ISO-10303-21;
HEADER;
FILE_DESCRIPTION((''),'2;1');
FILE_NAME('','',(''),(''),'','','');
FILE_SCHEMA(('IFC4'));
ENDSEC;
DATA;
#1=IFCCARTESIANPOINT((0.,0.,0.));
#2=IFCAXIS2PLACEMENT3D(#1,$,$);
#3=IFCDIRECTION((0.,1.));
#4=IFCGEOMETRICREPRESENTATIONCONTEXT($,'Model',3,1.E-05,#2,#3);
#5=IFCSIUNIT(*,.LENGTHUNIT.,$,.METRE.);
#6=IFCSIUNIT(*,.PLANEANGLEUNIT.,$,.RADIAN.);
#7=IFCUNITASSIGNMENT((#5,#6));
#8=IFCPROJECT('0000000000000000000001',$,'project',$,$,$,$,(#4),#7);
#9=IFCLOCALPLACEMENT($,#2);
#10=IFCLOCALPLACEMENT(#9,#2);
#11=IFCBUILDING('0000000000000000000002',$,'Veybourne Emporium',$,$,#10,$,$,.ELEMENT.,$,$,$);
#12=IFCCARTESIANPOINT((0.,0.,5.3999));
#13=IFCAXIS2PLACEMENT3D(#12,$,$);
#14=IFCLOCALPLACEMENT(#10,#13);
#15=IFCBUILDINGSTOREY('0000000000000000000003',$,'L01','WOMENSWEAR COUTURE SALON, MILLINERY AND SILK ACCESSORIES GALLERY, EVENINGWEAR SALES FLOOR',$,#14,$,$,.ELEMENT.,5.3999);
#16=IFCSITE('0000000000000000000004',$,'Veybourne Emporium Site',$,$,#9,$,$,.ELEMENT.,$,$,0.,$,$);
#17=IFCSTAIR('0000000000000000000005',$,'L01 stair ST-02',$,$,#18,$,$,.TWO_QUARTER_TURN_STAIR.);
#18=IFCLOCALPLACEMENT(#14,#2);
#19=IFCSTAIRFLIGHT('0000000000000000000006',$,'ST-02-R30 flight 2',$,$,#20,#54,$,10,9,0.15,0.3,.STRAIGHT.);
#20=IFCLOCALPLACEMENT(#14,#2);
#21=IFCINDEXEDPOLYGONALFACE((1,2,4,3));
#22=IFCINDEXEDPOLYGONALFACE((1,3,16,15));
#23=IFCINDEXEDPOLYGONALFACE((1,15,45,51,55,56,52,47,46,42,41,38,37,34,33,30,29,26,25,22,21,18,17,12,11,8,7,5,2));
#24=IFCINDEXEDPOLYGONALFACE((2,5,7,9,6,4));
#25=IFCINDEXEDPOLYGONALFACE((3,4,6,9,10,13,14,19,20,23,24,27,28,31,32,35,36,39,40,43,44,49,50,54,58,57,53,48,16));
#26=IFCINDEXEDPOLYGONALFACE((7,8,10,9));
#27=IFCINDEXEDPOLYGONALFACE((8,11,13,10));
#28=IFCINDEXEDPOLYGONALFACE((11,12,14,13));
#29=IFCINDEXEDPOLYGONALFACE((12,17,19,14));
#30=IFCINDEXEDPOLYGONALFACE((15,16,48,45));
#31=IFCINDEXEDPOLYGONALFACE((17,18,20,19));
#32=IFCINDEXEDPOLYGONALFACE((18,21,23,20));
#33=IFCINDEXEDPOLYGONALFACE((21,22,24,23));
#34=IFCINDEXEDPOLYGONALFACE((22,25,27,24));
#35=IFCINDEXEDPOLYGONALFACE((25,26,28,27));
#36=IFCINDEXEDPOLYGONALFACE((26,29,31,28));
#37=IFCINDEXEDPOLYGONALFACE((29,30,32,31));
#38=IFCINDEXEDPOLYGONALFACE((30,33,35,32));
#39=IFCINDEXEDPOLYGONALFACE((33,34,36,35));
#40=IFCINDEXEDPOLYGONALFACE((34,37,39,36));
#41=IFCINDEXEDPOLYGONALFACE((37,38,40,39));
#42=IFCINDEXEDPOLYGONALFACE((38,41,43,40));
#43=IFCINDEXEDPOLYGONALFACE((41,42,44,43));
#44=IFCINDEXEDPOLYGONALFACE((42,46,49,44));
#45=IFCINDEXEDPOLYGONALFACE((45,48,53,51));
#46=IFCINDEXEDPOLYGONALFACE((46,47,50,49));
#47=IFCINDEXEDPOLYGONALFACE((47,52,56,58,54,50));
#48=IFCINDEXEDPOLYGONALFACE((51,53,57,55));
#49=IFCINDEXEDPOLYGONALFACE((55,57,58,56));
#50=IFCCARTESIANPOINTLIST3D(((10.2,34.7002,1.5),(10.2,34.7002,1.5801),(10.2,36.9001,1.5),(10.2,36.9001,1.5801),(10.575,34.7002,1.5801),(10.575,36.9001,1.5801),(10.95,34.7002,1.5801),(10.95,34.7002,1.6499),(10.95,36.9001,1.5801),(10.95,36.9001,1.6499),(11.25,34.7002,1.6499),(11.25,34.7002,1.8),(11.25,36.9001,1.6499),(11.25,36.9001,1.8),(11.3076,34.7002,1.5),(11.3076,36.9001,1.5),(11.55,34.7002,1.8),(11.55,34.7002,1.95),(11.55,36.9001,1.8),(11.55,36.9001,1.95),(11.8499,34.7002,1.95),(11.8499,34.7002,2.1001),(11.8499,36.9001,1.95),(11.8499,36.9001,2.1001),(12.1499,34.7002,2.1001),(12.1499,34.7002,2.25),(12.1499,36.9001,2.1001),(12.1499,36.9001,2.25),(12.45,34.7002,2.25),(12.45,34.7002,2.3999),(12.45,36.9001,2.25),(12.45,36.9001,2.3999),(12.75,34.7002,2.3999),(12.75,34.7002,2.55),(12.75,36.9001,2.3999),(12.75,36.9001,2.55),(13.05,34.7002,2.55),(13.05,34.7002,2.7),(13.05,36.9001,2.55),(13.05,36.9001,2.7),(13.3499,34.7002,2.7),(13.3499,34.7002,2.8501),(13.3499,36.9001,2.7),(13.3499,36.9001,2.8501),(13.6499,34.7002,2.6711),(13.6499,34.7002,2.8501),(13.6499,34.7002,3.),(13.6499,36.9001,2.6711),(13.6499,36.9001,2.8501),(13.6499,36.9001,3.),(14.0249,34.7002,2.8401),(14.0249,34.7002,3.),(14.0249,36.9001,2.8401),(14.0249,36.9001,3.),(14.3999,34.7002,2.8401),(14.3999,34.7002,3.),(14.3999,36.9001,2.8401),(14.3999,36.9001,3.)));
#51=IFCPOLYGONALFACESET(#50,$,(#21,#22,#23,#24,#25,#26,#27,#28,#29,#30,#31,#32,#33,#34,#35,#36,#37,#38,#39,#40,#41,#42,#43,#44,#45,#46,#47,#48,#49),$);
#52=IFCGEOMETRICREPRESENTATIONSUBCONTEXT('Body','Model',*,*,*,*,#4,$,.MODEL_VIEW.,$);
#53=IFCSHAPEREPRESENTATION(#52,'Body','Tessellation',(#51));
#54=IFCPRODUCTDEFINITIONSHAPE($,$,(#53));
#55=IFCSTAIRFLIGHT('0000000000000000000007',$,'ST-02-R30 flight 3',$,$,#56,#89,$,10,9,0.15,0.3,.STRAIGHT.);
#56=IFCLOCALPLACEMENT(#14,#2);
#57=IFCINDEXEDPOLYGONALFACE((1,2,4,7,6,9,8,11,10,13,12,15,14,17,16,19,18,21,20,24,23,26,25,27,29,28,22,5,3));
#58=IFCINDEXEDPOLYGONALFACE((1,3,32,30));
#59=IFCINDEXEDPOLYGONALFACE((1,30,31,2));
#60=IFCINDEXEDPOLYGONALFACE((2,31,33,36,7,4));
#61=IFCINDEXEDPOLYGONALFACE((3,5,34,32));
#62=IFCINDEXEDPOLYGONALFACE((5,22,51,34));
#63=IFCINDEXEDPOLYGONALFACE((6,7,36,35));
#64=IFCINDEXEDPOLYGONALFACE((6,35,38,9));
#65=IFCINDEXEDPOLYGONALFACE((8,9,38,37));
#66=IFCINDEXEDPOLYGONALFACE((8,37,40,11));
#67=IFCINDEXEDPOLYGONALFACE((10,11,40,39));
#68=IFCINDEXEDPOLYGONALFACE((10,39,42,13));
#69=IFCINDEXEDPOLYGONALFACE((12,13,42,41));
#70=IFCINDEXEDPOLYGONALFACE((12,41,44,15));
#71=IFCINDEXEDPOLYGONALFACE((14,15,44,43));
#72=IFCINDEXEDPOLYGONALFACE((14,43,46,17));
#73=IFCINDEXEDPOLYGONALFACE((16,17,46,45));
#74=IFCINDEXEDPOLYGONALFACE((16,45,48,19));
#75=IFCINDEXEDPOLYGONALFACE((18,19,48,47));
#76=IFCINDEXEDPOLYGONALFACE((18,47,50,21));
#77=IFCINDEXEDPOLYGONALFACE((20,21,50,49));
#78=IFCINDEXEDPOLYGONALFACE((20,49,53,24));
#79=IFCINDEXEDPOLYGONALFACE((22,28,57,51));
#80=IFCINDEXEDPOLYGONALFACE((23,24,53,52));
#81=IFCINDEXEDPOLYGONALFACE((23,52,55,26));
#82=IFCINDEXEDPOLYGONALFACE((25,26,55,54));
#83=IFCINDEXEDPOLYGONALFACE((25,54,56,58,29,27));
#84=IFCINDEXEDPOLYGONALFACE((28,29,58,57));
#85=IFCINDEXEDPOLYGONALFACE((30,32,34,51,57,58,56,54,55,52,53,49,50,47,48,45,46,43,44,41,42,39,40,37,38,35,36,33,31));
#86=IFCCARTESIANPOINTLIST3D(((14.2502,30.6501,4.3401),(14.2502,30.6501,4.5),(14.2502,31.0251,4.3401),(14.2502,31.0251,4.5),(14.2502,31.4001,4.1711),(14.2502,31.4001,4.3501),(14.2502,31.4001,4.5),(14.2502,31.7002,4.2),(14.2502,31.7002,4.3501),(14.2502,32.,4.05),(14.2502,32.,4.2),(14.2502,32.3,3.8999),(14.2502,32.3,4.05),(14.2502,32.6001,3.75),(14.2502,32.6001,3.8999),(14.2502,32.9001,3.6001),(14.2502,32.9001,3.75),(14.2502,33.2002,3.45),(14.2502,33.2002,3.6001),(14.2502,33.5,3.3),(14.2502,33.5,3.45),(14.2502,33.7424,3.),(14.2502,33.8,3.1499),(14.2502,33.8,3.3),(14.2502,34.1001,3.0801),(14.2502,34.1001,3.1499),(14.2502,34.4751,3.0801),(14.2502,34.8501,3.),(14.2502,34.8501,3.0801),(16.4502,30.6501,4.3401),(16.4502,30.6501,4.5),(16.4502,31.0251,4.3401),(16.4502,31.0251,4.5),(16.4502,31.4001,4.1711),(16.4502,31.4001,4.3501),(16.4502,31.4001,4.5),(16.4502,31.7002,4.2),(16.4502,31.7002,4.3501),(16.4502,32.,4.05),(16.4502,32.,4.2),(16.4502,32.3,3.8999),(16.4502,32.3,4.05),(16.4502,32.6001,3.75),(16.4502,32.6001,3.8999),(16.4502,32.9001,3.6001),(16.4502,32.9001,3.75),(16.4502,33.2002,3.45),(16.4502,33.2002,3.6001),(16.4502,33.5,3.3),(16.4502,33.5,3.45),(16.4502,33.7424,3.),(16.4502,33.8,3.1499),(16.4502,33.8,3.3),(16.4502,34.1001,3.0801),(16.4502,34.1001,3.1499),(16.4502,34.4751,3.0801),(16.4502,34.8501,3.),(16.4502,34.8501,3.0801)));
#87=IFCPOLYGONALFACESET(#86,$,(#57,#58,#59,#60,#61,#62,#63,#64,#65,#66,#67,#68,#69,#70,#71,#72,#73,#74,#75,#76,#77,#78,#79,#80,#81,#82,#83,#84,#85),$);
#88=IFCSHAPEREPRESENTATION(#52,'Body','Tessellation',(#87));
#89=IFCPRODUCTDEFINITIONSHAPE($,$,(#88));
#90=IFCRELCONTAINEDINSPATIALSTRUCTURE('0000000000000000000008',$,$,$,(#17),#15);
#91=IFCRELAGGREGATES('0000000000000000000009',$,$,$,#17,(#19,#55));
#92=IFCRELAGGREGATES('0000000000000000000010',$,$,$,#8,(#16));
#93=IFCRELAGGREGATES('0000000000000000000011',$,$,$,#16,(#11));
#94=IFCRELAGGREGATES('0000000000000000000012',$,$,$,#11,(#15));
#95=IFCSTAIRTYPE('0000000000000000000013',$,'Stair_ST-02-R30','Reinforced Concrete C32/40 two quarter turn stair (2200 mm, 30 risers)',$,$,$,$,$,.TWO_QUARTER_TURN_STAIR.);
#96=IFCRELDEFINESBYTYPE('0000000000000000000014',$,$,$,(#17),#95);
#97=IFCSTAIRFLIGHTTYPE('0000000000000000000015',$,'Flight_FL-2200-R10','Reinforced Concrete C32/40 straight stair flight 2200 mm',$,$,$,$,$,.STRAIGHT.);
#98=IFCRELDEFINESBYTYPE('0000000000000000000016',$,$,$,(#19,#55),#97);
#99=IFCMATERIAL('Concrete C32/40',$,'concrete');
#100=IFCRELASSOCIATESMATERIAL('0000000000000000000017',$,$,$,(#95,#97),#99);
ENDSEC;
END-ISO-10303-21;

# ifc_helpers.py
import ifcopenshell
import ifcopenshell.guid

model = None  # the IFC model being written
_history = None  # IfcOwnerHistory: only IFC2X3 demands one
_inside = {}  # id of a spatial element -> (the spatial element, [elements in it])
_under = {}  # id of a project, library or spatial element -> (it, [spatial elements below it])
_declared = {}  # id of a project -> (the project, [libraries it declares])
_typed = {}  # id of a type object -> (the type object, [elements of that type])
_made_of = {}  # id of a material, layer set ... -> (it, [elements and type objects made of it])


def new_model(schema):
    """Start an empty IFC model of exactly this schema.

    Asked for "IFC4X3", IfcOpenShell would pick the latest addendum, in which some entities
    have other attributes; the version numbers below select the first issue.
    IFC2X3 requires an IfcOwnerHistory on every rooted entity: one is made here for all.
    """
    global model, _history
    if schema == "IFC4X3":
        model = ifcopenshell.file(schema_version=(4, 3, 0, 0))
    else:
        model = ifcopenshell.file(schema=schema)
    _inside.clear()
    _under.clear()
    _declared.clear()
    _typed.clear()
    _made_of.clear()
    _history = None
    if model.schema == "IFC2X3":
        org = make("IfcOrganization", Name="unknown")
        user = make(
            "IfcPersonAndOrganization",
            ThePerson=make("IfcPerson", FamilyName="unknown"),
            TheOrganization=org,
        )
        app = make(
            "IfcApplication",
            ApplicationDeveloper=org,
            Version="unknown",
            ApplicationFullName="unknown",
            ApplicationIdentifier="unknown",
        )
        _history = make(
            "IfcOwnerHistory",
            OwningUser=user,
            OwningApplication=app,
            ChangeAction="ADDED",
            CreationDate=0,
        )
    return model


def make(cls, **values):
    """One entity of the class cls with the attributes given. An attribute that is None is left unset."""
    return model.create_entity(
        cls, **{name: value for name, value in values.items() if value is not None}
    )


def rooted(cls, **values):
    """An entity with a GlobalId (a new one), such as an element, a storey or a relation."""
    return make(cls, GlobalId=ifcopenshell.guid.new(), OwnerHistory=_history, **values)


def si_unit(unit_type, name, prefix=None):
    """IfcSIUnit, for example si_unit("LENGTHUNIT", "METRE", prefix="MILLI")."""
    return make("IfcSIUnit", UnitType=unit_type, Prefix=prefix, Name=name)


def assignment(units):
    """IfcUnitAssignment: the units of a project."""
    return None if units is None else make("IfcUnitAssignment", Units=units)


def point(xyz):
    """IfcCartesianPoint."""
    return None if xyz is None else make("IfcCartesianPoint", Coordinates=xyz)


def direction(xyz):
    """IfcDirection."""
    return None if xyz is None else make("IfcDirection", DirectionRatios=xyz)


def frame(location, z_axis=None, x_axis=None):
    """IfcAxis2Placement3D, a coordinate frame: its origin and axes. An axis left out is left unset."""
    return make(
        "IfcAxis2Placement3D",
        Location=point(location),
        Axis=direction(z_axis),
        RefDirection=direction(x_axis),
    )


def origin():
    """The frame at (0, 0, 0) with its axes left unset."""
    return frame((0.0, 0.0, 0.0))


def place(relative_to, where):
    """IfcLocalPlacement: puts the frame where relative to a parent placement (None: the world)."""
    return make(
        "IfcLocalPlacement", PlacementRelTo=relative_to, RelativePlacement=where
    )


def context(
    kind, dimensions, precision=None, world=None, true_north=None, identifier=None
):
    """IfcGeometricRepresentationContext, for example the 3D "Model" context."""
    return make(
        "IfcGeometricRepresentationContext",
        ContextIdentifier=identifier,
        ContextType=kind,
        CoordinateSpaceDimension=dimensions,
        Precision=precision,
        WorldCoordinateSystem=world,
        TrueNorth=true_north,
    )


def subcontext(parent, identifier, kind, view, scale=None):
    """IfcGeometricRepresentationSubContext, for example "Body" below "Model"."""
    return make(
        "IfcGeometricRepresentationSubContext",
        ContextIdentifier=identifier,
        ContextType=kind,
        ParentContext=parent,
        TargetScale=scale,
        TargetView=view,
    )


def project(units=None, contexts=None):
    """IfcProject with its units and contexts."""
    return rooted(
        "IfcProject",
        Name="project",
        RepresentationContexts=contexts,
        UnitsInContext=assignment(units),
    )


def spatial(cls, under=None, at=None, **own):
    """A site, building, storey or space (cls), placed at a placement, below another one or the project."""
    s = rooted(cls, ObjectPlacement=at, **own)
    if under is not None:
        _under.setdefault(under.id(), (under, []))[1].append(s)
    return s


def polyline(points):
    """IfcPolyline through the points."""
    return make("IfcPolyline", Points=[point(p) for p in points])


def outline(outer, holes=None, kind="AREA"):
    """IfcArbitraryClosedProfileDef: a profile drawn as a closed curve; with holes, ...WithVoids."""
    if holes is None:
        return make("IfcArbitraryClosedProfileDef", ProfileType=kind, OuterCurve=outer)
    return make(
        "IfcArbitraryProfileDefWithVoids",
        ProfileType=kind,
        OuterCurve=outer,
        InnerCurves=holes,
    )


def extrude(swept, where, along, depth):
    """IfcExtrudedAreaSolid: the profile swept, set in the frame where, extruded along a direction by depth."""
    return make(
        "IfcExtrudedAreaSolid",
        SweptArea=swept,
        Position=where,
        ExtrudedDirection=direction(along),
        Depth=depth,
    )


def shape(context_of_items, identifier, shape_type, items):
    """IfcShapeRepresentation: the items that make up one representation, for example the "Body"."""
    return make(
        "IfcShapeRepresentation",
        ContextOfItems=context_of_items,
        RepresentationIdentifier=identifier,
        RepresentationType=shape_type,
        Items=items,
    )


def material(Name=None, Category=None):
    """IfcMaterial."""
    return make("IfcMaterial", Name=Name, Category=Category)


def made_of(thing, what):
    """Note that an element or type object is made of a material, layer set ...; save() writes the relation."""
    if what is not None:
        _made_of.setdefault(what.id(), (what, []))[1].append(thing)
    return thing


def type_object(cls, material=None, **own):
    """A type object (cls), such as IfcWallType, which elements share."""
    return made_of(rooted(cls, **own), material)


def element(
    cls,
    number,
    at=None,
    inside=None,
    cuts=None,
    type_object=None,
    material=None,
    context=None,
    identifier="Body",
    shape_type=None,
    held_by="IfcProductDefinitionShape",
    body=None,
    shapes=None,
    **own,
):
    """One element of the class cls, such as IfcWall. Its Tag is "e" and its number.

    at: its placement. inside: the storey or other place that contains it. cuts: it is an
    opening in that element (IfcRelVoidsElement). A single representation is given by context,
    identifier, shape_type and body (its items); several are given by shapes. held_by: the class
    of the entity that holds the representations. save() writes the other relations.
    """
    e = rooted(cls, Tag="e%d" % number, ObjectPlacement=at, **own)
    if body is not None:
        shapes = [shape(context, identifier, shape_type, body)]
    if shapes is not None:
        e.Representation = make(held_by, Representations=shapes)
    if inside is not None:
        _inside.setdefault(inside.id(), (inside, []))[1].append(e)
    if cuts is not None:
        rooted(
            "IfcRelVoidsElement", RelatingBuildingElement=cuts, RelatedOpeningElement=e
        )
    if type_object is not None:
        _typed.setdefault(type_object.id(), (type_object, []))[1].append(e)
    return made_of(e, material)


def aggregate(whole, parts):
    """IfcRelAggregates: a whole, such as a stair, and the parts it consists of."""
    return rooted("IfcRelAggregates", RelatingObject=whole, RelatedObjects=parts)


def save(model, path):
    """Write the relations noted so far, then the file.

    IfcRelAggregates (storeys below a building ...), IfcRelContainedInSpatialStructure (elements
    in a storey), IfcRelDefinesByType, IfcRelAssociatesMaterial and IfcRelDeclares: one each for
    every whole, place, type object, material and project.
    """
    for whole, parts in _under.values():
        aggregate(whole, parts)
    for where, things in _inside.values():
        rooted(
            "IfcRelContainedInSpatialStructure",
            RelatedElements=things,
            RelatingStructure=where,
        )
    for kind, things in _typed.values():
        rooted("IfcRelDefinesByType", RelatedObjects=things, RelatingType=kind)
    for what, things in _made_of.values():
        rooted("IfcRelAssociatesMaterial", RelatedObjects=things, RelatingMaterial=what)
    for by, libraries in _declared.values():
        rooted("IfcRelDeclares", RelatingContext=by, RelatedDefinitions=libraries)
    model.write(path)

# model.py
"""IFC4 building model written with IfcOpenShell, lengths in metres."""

from ifc_helpers import new_model, si_unit, direction, frame, origin, place, context, subcontext, project, spatial, polyline, outline, extrude, material, type_object, element, aggregate, save


model = new_model("IFC4")

# Units and contexts
model_context = context("Model", 3, precision=1e-05, world=origin(), true_north=direction((0.0, 1.0)))
body_context = subcontext(model_context, "Body", "Model", "MODEL_VIEW")
ifc_project = project(units=[si_unit("LENGTHUNIT", "METRE"), si_unit("PLANEANGLEUNIT", "RADIAN")], contexts=[model_context])

# Site, building, storey
site_placement = place(None, origin())
site = spatial("IfcSite", under=ifc_project, at=site_placement, Name="Veybourne Emporium Site", CompositionType="ELEMENT", RefElevation=0.0)
building_placement = place(site_placement, origin())
building = spatial("IfcBuilding", under=site, at=building_placement, Name="Veybourne Emporium", CompositionType="ELEMENT")
storey_placement = place(building_placement, frame((0.0, 0.0, 5.3999)))
storey = spatial("IfcBuildingStorey", under=building, at=storey_placement, Name="L01", Description="WOMENSWEAR COUTURE SALON, MILLINERY AND SILK ACCESSORIES GALLERY, EVENINGWEAR SALES FLOOR", CompositionType="ELEMENT", Elevation=5.3999)

# Shared definitions
ifc_material_1 = material(Name="Concrete C32/40", Category="concrete")

# Stair, stair flights
stair_type = type_object("IfcStairType", Name="Stair_ST-02-R30", Description="Reinforced Concrete C32/40 two quarter turn stair (2200 mm, 30 risers)", PredefinedType="TWO_QUARTER_TURN_STAIR", material=ifc_material_1)
stair_placement = place(storey_placement, origin())
stair = element("IfcStair", 1, at=stair_placement, inside=storey, type_object=stair_type, Name="L01 stair ST-02", PredefinedType="TWO_QUARTER_TURN_STAIR")
stair_flight_type = type_object("IfcStairFlightType", Name="Flight_FL-2200-R10", Description="Reinforced Concrete C32/40 straight stair flight 2200 mm", PredefinedType="STRAIGHT", material=ifc_material_1)
stair_flight_1_placement = place(storey_placement, frame((10.95, 35.8, 1.5), z_axis=(0.0, 0.0, 1.0), x_axis=(1.0, 0.0, 0.0)))
stair_flight_1 = element("IfcStairFlight", 2, at=stair_flight_1_placement, type_object=stair_flight_type, Name="ST-02-R30 flight 2", NumberOfRisers=10, NumberOfTreads=9, PredefinedType="STRAIGHT", RiserHeight=0.15, TreadLength=0.3, context=body_context, shape_type="SweptSolid", body=[
    extrude(outline(polyline([(-0.75, 0.0), (-0.75, 0.0801), (-0.375, 0.0801), (0.0, 0.0801), (0.0, 0.1499), (0.3, 0.1499), (0.3, 0.3), (0.6001, 0.3), (0.6001, 0.45), (0.8999, 0.45), (0.8999, 0.6001), (1.2, 0.6001), (1.2, 0.75), (1.5, 0.75), (1.5, 0.8999), (1.8, 0.8999), (1.8, 1.05), (2.1001, 1.05), (2.1001, 1.2), (2.3999, 1.2), (2.3999, 1.3501), (2.7, 1.3501), (2.7, 1.5), (3.075, 1.5), (3.45, 1.5), (3.45, 1.3401), (3.075, 1.3401), (2.7, 1.1711), (0.3577, 0.0), (-0.75, 0.0)])), frame((0.0, 1.1001, 0.0), z_axis=(0.0, -1.0, 0.0), x_axis=(1.0, 0.0, 0.0)), (0.0, 0.0, 1.0), 2.2),
])
stair_flight_2_placement = place(storey_placement, frame((15.3501, 34.1001, 3.0), z_axis=(0.0, 0.0, 1.0), x_axis=(0.0, -1.0, 0.0)))
stair_flight_2 = element("IfcStairFlight", 3, at=stair_flight_2_placement, type_object=stair_flight_type, Name="ST-02-R30 flight 3", NumberOfRisers=10, NumberOfTreads=9, PredefinedType="STRAIGHT", RiserHeight=0.15, TreadLength=0.3, context=body_context, shape_type="SweptSolid", body=[
    extrude(outline(polyline([(-0.75, 0.0), (-0.75, 0.0801), (-0.375, 0.0801), (0.0, 0.0801), (0.0, 0.1499), (0.3, 0.1499), (0.3, 0.3), (0.6001, 0.3), (0.6001, 0.45), (0.8999, 0.45), (0.8999, 0.6001), (1.2, 0.6001), (1.2, 0.75), (1.5, 0.75), (1.5, 0.8999), (1.8, 0.8999), (1.8, 1.05), (2.1001, 1.05), (2.1001, 1.2), (2.3999, 1.2), (2.3999, 1.3501), (2.7, 1.3501), (2.7, 1.5), (3.075, 1.5), (3.45, 1.5), (3.45, 1.3401), (3.075, 1.3401), (2.7, 1.1711), (0.3577, 0.0), (-0.75, 0.0)])), frame((0.0, 1.1001, 0.0), z_axis=(0.0, -1.0, 0.0), x_axis=(1.0, 0.0, 0.0)), (0.0, 0.0, 1.0), 2.2),
])
aggregate(stair, [stair_flight_1, stair_flight_2])

save(model, "model.ifc")
